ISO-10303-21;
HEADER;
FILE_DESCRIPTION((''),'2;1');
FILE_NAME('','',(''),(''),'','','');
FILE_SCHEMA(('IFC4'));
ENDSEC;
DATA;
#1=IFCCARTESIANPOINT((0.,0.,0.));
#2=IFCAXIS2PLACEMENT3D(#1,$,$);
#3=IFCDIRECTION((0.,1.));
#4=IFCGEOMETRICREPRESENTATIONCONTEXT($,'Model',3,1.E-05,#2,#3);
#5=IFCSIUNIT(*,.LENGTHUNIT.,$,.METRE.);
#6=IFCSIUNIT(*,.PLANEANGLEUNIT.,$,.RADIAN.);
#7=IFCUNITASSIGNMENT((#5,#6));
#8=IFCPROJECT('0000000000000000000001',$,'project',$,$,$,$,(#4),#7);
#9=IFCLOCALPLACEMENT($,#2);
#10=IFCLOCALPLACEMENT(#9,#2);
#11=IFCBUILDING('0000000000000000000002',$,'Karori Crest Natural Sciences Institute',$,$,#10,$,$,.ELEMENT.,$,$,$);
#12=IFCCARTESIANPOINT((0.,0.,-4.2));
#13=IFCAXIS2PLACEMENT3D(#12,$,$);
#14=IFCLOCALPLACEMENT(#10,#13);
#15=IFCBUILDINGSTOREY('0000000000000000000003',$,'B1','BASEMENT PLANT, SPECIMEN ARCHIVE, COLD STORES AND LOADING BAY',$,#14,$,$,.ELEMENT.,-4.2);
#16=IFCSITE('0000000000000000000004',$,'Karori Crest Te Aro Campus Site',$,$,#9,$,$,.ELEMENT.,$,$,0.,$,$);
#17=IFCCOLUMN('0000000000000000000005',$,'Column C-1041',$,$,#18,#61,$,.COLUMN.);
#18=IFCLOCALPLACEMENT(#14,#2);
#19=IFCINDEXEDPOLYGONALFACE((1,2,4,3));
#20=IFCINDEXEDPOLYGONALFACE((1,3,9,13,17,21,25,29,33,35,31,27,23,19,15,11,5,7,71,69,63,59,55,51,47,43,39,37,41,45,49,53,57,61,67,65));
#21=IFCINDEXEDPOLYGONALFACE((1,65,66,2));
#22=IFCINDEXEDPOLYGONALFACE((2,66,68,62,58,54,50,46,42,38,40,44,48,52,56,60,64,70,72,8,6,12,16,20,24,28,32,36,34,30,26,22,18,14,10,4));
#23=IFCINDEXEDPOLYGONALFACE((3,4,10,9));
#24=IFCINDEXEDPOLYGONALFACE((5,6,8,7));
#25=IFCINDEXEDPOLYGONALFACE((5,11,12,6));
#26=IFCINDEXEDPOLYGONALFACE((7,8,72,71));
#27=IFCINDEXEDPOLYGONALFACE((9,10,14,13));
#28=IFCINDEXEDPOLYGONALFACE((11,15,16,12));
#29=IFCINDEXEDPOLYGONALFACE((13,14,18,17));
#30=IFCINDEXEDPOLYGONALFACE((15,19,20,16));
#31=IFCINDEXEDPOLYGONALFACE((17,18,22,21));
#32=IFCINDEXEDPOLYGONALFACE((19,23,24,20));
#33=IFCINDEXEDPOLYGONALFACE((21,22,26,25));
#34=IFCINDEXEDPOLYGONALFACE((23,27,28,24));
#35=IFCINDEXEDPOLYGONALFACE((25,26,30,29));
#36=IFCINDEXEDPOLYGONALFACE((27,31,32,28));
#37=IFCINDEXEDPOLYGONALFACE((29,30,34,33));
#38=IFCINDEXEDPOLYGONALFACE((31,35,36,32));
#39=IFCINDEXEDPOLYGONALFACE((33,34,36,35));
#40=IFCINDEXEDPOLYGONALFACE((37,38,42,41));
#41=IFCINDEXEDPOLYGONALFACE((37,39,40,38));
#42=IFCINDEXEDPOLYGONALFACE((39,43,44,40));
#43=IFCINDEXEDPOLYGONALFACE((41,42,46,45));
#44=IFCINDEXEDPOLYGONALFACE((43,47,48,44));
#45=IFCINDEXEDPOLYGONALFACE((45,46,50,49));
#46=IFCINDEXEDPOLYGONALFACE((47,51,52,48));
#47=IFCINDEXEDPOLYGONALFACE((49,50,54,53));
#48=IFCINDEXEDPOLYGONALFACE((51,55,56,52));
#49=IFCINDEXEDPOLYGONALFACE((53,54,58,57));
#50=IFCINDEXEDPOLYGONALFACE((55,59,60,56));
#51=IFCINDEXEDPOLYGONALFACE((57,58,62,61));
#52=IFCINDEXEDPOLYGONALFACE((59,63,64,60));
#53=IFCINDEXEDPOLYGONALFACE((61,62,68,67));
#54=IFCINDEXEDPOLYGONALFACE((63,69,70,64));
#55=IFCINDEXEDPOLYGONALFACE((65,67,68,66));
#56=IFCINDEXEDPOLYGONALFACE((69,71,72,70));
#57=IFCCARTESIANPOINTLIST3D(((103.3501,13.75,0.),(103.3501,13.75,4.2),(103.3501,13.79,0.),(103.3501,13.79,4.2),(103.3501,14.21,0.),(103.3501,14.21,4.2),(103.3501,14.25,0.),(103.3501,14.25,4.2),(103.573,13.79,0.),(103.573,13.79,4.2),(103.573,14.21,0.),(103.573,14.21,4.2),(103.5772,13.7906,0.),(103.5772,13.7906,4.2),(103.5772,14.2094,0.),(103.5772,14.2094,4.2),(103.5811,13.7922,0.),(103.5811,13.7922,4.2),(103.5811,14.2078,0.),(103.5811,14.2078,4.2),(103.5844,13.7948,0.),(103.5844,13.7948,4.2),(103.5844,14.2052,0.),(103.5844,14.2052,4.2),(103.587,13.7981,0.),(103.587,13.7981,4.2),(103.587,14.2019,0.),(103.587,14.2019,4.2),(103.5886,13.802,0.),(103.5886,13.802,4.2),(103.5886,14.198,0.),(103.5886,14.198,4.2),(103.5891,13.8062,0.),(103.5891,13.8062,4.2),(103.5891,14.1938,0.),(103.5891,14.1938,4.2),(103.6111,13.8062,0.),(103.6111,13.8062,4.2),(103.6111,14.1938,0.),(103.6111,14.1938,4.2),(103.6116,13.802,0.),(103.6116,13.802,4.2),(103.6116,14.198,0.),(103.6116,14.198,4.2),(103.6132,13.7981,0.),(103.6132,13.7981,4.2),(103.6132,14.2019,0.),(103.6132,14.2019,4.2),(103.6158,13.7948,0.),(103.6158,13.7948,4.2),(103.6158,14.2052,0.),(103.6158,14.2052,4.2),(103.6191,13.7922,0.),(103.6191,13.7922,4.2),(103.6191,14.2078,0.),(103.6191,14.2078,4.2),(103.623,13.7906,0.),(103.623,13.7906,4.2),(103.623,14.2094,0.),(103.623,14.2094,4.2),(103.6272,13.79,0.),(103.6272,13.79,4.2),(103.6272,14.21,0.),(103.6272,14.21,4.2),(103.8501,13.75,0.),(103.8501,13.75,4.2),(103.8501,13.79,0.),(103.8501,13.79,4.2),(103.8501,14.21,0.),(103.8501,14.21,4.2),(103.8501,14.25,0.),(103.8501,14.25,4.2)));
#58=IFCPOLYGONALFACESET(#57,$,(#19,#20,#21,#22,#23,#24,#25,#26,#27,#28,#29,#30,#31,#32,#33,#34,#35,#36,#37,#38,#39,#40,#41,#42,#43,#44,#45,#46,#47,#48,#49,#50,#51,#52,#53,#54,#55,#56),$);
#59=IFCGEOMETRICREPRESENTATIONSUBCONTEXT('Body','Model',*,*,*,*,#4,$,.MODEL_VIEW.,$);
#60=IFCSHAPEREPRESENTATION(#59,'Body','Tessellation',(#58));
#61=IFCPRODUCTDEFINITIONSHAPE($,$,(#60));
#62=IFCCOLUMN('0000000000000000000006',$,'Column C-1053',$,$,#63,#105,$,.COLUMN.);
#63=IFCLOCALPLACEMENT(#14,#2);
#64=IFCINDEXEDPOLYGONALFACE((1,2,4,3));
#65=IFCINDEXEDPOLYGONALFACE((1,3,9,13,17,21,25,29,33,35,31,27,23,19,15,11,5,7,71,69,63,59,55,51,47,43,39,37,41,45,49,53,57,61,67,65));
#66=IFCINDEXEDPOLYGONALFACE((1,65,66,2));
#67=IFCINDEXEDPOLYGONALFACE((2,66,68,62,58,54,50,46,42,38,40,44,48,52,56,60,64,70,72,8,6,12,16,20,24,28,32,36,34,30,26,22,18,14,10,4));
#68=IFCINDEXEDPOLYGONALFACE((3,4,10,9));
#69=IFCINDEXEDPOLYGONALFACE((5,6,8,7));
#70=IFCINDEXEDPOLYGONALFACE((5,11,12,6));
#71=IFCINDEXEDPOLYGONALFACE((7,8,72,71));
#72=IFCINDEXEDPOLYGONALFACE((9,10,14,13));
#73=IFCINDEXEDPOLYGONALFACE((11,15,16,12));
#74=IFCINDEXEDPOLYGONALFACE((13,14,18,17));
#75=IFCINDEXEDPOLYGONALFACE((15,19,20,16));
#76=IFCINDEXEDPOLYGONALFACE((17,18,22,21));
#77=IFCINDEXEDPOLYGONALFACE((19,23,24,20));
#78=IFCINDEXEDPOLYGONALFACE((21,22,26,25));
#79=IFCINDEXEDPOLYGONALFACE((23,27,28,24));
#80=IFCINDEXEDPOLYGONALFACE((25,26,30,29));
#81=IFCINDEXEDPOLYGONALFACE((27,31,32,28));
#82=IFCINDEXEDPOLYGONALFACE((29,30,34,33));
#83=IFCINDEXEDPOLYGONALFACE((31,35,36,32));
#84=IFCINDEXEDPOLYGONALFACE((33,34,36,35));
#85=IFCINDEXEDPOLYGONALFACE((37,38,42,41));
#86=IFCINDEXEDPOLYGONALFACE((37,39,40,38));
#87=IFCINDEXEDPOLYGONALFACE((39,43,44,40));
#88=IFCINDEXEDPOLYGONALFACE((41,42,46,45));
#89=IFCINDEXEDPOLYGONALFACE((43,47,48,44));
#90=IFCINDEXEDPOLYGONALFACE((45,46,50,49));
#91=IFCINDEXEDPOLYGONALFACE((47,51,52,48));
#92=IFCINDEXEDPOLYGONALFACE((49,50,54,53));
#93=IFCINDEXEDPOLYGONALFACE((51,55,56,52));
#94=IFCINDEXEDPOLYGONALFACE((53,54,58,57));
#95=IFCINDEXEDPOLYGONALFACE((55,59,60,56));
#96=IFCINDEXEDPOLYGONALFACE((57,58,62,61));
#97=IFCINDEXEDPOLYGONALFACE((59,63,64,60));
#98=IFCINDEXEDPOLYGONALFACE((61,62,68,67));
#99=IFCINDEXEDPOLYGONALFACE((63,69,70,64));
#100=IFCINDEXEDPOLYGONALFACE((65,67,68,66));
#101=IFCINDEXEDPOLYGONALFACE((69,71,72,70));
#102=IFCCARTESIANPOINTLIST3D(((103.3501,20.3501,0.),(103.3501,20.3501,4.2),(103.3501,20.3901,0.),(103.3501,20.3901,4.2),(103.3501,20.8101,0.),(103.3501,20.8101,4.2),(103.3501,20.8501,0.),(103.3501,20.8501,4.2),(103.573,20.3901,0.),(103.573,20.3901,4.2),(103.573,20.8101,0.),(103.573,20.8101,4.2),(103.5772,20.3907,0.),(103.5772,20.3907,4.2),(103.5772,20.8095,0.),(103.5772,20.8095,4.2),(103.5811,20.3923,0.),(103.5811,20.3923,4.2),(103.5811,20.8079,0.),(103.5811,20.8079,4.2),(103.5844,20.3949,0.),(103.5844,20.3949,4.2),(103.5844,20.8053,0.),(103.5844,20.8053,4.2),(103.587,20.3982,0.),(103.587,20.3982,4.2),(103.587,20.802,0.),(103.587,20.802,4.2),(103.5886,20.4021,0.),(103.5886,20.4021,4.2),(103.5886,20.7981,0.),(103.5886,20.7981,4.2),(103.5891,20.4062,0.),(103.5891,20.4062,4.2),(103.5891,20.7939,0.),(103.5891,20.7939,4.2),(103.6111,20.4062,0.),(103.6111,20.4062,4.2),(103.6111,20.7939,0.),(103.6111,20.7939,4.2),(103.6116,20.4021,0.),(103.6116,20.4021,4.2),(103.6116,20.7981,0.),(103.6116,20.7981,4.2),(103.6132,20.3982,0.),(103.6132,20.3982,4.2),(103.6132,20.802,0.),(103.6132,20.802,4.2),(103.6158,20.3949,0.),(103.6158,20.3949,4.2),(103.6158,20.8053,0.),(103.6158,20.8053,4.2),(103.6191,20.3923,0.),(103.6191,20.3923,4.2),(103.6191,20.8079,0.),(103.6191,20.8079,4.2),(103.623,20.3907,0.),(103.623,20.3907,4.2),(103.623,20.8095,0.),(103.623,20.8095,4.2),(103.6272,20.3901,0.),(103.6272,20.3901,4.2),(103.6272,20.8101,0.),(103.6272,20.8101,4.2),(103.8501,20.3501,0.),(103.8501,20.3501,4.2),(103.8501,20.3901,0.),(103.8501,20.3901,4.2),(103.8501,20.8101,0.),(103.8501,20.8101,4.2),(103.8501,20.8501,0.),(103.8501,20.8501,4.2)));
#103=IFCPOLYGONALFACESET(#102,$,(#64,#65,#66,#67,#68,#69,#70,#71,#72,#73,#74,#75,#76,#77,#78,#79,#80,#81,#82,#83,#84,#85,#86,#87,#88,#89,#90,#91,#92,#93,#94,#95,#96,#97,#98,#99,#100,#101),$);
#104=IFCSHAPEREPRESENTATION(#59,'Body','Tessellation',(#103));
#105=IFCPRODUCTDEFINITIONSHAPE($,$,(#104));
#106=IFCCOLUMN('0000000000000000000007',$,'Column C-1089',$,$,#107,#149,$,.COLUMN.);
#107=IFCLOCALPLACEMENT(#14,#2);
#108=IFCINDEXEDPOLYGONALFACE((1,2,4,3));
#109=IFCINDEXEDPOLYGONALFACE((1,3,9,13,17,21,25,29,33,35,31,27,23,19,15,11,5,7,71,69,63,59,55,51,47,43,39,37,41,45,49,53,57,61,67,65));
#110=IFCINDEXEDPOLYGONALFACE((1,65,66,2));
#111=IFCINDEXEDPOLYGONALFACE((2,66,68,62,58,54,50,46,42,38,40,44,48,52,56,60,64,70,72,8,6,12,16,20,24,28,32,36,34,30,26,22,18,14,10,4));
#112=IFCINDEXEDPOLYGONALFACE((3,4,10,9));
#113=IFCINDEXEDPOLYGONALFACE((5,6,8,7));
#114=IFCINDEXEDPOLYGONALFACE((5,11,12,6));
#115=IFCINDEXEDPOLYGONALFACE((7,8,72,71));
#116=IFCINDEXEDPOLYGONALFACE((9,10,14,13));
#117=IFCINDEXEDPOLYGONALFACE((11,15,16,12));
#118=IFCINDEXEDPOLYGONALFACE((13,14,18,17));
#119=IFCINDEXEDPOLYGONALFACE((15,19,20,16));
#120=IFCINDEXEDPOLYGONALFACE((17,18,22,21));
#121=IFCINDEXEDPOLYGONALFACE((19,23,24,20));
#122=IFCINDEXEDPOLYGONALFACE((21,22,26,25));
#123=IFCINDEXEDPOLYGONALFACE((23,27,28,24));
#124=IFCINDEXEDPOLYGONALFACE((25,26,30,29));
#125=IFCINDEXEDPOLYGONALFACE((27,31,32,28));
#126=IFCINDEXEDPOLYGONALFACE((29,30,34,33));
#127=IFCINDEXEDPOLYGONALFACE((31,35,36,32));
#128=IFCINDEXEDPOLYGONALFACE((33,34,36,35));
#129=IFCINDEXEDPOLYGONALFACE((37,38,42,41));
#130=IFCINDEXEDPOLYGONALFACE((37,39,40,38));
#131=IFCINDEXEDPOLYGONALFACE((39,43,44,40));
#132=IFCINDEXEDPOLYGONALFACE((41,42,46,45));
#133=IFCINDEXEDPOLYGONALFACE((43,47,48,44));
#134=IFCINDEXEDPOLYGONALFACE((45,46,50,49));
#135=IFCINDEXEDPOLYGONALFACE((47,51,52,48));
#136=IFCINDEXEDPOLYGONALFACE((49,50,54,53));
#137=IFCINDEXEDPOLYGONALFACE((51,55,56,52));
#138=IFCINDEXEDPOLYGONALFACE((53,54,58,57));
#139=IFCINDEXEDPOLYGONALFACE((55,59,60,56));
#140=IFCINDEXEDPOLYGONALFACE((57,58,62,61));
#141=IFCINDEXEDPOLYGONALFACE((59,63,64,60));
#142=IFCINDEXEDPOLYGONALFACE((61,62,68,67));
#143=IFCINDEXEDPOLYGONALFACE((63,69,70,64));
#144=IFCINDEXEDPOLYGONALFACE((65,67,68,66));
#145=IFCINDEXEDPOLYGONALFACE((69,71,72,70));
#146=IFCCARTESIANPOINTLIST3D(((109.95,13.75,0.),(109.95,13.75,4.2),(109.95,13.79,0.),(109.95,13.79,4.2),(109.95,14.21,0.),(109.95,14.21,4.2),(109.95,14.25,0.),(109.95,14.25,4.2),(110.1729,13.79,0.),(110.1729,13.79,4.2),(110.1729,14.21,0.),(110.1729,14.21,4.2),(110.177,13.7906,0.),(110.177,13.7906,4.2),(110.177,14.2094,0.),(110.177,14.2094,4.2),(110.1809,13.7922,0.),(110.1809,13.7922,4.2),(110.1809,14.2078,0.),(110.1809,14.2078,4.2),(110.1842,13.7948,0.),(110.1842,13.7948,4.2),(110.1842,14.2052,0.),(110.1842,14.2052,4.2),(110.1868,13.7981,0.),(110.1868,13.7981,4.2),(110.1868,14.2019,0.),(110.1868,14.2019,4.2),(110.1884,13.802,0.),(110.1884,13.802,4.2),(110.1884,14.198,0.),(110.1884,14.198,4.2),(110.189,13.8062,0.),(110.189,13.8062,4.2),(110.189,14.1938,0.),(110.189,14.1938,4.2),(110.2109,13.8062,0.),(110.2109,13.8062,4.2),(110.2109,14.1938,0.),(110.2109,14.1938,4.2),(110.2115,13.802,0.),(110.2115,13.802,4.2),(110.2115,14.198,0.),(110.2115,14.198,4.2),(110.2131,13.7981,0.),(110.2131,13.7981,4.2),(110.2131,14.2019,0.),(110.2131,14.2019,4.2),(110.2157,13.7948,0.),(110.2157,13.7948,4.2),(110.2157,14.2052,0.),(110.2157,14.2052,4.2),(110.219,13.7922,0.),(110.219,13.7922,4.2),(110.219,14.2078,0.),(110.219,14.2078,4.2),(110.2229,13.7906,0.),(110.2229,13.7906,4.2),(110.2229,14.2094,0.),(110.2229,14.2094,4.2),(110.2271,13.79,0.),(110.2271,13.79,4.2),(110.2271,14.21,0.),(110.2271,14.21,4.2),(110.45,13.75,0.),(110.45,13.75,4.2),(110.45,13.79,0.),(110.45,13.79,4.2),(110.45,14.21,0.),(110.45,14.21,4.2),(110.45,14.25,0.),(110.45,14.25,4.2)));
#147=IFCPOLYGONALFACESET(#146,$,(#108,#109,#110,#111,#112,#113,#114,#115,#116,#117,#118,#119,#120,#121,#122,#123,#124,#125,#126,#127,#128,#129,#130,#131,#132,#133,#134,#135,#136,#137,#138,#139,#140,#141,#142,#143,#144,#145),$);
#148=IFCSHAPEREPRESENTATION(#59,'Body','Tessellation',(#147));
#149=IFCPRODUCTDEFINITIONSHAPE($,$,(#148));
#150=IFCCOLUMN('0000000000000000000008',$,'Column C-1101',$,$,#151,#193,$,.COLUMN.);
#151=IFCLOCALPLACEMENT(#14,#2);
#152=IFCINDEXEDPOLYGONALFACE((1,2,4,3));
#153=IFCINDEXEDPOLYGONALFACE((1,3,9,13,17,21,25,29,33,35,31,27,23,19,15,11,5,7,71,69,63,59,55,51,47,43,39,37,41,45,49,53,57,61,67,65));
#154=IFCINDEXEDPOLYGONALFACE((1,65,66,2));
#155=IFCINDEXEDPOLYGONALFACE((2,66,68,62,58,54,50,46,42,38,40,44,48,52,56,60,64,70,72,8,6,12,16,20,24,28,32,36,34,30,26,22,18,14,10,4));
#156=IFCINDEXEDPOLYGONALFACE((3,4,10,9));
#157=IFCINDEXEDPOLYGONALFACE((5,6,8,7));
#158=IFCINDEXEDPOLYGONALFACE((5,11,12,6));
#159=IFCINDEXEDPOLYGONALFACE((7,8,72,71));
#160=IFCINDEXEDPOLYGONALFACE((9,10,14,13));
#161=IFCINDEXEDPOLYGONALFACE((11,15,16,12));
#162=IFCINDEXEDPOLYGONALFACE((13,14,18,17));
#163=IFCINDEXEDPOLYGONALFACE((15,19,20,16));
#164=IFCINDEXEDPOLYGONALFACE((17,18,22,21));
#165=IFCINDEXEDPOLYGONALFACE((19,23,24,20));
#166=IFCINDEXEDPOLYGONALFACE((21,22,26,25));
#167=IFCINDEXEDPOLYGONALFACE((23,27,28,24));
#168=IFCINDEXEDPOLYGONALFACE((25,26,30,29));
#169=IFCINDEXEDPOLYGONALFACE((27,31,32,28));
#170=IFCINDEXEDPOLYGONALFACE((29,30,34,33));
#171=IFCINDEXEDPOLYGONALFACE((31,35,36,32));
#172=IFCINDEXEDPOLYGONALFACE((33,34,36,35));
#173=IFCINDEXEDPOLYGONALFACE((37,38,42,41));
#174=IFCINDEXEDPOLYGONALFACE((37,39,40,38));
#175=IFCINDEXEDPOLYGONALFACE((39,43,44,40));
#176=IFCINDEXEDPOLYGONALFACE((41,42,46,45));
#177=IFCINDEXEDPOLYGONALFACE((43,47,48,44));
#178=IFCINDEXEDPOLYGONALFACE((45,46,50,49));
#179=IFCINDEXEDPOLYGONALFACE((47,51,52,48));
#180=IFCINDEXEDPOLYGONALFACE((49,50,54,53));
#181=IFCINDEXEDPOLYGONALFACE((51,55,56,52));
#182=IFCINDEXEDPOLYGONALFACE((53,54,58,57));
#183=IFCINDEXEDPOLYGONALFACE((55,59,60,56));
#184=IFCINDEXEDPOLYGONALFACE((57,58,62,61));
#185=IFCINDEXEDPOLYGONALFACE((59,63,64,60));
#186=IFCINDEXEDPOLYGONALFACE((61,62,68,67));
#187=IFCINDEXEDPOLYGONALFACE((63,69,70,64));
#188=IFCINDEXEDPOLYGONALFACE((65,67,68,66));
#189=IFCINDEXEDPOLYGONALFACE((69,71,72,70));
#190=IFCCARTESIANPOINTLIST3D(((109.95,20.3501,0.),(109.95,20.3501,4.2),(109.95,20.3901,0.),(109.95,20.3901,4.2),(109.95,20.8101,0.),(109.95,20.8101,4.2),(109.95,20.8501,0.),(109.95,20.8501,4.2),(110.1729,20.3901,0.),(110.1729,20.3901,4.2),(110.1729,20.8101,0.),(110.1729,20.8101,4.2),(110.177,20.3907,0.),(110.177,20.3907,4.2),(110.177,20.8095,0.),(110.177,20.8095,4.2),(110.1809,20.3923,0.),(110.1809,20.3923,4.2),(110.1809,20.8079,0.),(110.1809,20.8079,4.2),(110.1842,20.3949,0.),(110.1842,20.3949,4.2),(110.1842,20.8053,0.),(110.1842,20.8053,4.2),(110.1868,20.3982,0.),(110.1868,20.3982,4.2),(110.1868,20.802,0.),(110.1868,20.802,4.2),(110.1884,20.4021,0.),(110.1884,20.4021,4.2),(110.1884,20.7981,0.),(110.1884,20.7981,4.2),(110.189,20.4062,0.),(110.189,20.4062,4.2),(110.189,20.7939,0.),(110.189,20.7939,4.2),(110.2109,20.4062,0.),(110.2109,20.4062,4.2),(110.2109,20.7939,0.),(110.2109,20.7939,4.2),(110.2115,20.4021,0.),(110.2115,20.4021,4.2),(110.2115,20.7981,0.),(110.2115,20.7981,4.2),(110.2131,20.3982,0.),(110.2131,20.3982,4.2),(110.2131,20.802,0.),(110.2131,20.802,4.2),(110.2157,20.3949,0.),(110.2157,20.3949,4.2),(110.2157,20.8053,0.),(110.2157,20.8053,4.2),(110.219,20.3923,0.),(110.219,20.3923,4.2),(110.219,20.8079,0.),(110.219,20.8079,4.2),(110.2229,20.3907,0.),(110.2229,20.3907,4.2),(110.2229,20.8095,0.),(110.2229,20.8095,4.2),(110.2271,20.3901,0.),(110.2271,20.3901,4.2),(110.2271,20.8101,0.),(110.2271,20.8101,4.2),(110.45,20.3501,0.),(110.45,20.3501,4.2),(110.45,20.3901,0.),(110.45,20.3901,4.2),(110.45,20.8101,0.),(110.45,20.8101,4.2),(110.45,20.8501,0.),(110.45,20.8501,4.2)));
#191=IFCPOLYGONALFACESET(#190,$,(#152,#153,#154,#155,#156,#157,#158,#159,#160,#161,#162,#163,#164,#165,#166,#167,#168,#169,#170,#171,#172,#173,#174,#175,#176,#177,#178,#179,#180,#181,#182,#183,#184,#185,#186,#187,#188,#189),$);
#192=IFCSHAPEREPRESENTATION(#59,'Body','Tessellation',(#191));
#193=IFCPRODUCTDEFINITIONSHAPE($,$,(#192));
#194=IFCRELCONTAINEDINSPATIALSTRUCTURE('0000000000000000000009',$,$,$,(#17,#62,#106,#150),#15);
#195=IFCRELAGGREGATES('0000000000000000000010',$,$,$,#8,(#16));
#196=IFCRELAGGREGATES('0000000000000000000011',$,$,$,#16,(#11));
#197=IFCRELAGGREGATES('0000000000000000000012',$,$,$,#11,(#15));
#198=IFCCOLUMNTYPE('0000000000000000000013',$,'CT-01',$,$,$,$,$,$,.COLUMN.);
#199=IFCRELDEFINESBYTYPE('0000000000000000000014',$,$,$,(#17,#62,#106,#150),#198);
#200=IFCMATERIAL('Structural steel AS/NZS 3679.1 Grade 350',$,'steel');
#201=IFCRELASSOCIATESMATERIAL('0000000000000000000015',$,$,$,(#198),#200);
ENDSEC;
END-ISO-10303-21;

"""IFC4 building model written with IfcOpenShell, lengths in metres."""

from ifc_helpers import new_model, si_unit, direction, frame, origin, origin_2d, place, context, subcontext, project, spatial, i_section, extrude, material, material_profile, profile_set, type_object, element, save


model = new_model("IFC4")

# Units and contexts
model_context = context("Model", 3, precision=1e-05, world=origin(), true_north=direction((0.0, 1.0)))
body_context = subcontext(model_context, "Body", "Model", "MODEL_VIEW")
ifc_project = project(units=[si_unit("LENGTHUNIT", "METRE"), si_unit("PLANEANGLEUNIT", "RADIAN")], contexts=[model_context])

# Site, building, storey
site_placement = place(None, origin())
site = spatial("IfcSite", under=ifc_project, at=site_placement, Name="Karori Crest Te Aro Campus Site", CompositionType="ELEMENT", RefElevation=0.0)
building_placement = place(site_placement, origin())
building = spatial("IfcBuilding", under=site, at=building_placement, Name="Karori Crest Natural Sciences Institute", CompositionType="ELEMENT")
storey_placement = place(building_placement, frame((0.0, 0.0, -4.2)))
storey = spatial("IfcBuildingStorey", under=building, at=storey_placement, Name="B1", Description="BASEMENT PLANT, SPECIMEN ARCHIVE, COLD STORES AND LOADING BAY", CompositionType="ELEMENT", Elevation=-4.2)

# Columns
ifc_material_1 = material(Name="Structural steel AS/NZS 3679.1 Grade 350", Category="steel")
ifc_material_profile_1 = material_profile(ifc_material_1, i_section(OverallWidth=0.5, OverallDepth=0.5, WebThickness=0.022, FlangeThickness=0.04, FilletRadius=0.0161, at=origin_2d()), Name="500WC440")
ifc_profile_set_1 = profile_set([ifc_material_profile_1], Name="Structural steel AS/NZS 3679.1 Grade 350")
column_type = type_object("IfcColumnType", Name="CT-01", PredefinedType="COLUMN", material=ifc_profile_set_1)
for number, where, z_axis, x_axis, name in (
    (1, (103.6001, 14.0, 0.0), (0.0, 0.0, 1.0), (1.0, 0.0, 0.0), "Column C-1041"),
    (2, (103.6001, 20.6001, 0.0), (0.0, 0.0, 1.0), (1.0, 0.0, 0.0), "Column C-1053"),
    (3, (110.2, 14.0, 0.0), (0.0, 0.0, 1.0), (1.0, 0.0, 0.0), "Column C-1089"),
    (4, (110.2, 20.6001, 0.0), (0.0, 0.0, 1.0), (1.0, 0.0, 0.0), "Column C-1101"),
):
    element("IfcColumn", number, at=place(storey_placement, frame(where, z_axis=z_axis, x_axis=x_axis)), inside=storey, type_object=column_type, Name=name, PredefinedType="COLUMN", context=body_context, shape_type="SweptSolid", body=[
        extrude(i_section(OverallWidth=0.5, OverallDepth=0.5, WebThickness=0.022, FlangeThickness=0.04, FilletRadius=0.0161, at=origin_2d()), origin(), (0.0, 0.0, 1.0), 4.2),
    ])

save(model, "model.ifc")
